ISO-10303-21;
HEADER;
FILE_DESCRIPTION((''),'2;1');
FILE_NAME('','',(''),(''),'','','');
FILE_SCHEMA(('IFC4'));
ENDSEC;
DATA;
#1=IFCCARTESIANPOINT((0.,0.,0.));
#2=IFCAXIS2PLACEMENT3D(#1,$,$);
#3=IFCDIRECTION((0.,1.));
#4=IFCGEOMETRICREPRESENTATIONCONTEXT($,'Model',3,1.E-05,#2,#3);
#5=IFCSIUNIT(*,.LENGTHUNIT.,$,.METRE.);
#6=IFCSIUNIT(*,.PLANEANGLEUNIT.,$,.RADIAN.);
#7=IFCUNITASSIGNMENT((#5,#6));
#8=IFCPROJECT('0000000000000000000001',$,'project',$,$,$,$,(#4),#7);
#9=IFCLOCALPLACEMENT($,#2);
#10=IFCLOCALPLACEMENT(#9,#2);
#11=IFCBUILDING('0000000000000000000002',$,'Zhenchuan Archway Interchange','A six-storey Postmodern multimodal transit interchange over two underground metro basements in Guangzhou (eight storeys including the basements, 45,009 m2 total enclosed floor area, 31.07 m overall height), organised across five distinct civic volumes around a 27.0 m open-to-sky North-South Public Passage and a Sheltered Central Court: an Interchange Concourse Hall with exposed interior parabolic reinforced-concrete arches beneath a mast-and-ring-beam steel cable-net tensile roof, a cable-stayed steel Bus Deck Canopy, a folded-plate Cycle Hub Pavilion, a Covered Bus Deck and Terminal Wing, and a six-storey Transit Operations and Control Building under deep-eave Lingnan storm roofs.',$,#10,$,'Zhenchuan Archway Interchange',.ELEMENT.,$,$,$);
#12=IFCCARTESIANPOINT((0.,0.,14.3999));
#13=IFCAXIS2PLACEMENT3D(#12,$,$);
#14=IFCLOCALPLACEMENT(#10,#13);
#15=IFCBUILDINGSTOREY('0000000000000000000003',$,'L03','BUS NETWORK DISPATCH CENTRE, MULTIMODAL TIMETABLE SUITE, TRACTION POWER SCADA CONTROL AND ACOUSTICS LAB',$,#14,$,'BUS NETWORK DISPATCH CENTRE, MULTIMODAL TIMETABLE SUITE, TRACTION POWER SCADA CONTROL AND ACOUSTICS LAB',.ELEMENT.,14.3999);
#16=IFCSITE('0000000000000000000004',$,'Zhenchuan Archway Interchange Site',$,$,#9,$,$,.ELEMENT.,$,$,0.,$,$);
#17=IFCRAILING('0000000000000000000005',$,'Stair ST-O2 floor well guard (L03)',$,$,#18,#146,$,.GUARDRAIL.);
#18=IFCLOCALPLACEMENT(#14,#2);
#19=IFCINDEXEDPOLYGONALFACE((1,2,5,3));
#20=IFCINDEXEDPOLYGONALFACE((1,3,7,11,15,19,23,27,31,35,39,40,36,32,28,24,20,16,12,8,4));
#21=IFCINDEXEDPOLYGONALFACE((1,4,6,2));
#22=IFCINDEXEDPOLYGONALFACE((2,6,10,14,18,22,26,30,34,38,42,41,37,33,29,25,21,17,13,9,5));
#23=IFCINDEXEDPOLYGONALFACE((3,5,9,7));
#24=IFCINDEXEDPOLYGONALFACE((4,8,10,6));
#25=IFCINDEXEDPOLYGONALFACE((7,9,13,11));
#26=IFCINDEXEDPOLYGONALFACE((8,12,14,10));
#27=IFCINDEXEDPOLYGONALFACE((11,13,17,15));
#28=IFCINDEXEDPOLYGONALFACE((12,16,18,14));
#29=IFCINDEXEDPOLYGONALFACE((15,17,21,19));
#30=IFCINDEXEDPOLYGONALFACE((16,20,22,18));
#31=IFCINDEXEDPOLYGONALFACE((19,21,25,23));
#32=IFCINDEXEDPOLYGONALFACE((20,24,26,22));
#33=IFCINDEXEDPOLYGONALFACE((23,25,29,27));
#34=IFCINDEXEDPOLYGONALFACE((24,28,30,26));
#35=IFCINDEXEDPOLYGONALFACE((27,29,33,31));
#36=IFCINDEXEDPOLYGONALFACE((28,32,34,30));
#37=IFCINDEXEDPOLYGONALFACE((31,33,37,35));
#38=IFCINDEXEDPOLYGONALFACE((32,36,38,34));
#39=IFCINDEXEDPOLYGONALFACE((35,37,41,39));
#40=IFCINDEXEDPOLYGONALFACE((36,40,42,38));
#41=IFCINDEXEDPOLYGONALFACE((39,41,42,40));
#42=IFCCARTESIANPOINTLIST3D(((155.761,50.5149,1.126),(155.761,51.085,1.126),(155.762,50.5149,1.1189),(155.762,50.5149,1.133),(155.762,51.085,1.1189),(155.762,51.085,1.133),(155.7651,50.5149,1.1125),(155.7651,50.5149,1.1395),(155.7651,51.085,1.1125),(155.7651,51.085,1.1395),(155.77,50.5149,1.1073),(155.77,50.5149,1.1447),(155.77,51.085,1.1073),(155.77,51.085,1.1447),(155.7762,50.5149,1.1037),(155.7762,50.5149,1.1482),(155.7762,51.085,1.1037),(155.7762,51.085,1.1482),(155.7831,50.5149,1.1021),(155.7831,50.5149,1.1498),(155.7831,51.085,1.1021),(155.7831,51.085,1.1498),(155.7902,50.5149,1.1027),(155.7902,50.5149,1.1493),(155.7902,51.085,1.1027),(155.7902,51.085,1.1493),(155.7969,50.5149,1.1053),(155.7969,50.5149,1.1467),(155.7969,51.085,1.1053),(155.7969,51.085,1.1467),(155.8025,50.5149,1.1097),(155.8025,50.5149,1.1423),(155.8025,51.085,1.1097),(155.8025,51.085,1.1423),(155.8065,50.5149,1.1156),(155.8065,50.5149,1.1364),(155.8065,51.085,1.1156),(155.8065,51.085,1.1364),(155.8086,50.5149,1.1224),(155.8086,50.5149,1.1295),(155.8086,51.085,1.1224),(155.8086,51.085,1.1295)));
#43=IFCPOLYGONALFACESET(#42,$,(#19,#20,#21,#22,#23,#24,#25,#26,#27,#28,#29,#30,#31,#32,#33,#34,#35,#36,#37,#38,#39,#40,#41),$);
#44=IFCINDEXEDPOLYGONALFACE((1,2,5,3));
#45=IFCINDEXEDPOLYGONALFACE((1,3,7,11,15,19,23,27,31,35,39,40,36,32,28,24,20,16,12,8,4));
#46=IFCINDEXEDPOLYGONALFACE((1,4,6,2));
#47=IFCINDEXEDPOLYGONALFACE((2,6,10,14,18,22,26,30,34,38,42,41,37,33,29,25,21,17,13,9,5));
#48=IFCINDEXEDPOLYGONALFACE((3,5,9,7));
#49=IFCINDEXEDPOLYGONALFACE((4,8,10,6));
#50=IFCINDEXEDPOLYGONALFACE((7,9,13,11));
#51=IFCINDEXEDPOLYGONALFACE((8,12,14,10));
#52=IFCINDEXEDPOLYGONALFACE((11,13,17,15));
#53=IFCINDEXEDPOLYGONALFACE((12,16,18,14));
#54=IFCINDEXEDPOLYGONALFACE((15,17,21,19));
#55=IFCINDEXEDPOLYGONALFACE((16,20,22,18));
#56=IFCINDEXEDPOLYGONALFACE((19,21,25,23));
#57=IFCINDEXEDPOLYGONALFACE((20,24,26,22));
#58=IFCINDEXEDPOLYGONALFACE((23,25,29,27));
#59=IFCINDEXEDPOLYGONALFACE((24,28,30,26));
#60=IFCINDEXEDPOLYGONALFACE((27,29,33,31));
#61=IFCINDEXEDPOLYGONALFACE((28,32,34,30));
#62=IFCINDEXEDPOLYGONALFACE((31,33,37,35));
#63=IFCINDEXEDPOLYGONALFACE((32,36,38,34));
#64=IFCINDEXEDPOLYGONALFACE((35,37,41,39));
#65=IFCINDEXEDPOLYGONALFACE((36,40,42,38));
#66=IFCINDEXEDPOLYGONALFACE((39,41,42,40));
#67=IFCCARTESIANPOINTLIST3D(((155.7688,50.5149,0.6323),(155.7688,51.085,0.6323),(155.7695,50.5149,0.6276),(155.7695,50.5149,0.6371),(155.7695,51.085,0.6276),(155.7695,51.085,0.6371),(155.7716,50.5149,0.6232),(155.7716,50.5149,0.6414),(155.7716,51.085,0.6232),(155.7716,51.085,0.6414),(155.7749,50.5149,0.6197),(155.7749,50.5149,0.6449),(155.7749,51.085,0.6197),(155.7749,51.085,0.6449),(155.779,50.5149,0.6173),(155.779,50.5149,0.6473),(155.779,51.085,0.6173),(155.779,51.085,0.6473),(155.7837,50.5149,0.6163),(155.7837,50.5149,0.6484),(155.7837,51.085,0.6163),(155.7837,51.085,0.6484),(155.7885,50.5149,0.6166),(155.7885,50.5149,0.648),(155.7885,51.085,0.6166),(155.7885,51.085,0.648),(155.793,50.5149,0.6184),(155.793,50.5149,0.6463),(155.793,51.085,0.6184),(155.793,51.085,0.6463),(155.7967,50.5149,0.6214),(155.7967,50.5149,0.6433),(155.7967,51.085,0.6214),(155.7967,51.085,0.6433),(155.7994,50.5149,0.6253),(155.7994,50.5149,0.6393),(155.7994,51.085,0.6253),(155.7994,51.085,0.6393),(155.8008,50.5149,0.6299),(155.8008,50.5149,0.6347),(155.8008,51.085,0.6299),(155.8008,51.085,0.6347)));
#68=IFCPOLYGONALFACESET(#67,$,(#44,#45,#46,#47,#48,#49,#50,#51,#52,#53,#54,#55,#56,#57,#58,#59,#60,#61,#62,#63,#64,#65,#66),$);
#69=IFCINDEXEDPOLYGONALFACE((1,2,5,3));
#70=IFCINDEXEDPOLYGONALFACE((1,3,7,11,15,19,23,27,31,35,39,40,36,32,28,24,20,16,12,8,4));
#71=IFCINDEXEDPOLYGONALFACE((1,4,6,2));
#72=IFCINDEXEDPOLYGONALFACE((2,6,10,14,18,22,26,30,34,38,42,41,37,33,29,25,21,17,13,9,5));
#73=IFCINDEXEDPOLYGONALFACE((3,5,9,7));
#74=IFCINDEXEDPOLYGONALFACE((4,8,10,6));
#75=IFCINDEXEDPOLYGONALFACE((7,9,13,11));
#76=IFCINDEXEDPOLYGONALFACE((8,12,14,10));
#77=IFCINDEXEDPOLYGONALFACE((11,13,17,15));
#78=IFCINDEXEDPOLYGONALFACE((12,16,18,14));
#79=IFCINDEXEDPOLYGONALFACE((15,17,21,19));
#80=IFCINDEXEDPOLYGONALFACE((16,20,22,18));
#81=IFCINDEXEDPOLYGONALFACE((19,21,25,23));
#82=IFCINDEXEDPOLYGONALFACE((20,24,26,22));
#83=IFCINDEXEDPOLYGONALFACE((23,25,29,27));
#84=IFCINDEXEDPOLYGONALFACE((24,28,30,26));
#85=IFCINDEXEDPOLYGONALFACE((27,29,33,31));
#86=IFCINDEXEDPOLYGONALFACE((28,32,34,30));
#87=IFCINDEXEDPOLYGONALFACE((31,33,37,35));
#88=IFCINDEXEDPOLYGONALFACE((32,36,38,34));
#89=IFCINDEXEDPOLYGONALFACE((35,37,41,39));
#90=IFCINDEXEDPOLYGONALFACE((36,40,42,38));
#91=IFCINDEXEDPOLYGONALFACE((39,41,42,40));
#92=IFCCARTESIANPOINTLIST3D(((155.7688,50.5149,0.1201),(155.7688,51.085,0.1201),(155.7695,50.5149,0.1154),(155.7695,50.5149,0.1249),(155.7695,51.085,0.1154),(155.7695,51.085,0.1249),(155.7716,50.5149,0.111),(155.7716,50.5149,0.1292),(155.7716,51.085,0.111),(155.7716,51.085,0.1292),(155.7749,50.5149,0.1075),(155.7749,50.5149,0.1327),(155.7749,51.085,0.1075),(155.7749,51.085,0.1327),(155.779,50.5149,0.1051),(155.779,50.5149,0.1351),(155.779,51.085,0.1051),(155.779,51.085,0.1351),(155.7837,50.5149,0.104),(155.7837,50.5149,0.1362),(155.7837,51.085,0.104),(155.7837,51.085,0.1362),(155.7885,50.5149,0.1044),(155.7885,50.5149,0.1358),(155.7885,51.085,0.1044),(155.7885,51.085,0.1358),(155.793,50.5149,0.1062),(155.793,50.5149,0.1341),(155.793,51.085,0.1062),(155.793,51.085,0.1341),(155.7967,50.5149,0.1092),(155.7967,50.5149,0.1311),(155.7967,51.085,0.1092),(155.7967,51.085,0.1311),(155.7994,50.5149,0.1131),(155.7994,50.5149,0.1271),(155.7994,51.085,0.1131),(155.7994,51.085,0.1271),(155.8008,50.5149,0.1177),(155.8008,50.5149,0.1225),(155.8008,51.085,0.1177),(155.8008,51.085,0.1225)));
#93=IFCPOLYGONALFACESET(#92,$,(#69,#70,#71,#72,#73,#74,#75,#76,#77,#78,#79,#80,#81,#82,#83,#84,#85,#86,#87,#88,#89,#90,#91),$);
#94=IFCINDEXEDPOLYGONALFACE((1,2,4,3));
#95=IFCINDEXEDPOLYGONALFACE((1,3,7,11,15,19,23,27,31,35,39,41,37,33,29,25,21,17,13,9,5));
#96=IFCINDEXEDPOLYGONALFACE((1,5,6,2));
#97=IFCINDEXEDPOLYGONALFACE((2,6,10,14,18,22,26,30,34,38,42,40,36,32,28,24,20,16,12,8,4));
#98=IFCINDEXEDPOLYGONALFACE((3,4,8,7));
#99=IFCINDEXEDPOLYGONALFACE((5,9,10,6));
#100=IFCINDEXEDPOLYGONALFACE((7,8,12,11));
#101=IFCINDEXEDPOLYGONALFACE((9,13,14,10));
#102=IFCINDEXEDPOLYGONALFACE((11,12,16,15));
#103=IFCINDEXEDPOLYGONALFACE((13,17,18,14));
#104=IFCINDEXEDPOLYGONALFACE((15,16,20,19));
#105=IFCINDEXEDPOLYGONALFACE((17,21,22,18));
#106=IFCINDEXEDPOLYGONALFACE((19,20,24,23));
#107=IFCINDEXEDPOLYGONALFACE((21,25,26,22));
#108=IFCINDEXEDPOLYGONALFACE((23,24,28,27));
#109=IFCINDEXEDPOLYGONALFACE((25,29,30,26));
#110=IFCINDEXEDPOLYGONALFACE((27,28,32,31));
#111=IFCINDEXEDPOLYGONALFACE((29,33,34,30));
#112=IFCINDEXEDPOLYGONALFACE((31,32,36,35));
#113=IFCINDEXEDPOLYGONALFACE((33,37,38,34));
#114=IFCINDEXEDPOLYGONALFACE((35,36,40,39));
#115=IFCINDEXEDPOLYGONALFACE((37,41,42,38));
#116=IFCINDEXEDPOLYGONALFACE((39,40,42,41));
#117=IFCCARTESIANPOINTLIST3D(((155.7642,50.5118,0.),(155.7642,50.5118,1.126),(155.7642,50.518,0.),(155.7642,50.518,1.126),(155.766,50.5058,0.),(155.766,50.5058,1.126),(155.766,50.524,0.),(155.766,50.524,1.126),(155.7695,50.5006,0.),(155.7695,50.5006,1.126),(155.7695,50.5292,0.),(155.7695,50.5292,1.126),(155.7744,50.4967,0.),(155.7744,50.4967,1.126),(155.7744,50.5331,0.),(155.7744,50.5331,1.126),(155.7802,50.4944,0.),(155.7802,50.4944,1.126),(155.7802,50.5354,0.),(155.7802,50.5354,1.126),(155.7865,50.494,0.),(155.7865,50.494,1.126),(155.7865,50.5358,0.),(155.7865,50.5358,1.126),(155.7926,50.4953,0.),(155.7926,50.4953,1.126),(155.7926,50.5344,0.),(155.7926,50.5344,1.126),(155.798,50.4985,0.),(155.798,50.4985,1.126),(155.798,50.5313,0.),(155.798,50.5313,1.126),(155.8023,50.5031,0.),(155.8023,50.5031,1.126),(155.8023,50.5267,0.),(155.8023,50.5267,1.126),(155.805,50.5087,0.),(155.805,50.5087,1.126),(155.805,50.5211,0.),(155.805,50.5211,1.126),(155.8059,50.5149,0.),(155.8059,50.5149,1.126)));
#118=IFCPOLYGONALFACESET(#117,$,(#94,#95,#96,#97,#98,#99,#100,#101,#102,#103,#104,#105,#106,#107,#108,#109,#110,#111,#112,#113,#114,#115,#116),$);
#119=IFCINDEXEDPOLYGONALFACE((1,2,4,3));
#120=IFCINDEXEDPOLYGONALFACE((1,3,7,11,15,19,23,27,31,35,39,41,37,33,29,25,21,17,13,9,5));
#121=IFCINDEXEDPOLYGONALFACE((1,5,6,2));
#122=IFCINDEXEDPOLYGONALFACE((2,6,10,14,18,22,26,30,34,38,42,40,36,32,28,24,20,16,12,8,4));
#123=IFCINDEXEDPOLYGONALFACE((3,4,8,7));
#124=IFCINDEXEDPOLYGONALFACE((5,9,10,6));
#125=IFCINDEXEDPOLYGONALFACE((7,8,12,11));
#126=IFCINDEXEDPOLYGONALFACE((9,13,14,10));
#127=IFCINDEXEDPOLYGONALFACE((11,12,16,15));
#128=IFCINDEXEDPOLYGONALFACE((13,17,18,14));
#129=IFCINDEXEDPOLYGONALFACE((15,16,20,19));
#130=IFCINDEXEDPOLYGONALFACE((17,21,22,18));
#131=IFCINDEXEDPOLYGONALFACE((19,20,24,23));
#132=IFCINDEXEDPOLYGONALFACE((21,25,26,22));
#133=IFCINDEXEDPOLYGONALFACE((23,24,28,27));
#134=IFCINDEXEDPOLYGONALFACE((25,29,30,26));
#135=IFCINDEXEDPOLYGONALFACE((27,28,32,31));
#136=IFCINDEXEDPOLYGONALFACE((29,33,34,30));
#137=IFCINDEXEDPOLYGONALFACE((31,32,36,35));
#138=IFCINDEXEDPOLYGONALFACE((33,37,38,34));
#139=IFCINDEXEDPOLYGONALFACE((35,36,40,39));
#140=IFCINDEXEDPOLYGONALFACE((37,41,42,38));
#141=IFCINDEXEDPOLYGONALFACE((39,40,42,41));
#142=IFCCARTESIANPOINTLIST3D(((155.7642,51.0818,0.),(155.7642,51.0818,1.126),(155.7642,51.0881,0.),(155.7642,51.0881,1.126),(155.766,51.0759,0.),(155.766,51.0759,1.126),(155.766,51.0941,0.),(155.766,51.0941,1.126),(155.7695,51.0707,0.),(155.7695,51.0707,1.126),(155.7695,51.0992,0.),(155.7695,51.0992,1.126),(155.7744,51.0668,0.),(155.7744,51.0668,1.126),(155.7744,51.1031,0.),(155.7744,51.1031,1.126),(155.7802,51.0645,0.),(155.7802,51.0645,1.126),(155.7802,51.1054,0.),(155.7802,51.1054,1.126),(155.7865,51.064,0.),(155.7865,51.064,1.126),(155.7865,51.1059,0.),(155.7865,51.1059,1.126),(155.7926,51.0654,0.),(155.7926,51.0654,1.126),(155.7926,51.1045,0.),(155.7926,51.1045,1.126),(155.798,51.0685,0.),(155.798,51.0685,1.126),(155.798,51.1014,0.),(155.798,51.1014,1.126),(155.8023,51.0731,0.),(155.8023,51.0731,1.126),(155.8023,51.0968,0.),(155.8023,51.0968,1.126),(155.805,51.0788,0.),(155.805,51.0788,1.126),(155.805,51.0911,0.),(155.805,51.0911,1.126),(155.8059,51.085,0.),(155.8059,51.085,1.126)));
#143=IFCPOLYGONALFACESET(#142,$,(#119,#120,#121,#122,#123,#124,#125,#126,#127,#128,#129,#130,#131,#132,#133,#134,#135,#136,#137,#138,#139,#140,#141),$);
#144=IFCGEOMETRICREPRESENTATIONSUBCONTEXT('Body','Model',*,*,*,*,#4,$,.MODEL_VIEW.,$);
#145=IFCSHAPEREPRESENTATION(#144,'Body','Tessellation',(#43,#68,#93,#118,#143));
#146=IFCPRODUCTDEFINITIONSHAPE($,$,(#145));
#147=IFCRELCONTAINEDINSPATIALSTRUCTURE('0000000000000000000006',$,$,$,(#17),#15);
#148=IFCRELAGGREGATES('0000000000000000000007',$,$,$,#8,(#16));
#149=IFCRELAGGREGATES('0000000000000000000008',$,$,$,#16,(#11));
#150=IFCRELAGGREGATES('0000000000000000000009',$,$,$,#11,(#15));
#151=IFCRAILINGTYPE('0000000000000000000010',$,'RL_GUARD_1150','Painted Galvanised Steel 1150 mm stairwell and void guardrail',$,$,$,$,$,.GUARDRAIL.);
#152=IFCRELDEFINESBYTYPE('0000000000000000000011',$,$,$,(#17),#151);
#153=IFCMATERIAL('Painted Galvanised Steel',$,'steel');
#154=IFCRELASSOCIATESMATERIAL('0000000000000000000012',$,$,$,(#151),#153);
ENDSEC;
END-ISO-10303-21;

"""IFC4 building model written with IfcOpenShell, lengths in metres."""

from ifc_helpers import new_model, si_unit, direction, frame, origin, origin_2d, place, context, subcontext, project, spatial, circle, extrude, material, type_object, element, save


model = new_model("IFC4")

# Units and contexts
model_context = context("Model", 3, precision=1e-05, world=origin(), true_north=direction((0.0, 1.0)))
body_context = subcontext(model_context, "Body", "Model", "MODEL_VIEW")
ifc_project = project(units=[si_unit("LENGTHUNIT", "METRE"), si_unit("PLANEANGLEUNIT", "RADIAN")], contexts=[model_context])

# Site, building, storey
site_placement = place(None, origin())
site = spatial("IfcSite", under=ifc_project, at=site_placement, Name="Zhenchuan Archway Interchange Site", CompositionType="ELEMENT", RefElevation=0.0)
building_placement = place(site_placement, origin())
building = spatial("IfcBuilding", under=site, at=building_placement, Name="Zhenchuan Archway Interchange", Description="A six-storey Postmodern multimodal transit interchange over two underground metro basements in Guangzhou (eight storeys including the basements, 45,009 m2 total enclosed floor area, 31.07 m overall height), organised across five distinct civic volumes around a 27.0 m open-to-sky North-South Public Passage and a Sheltered Central Court: an Interchange Concourse Hall with exposed interior parabolic reinforced-concrete arches beneath a mast-and-ring-beam steel cable-net tensile roof, a cable-stayed steel Bus Deck Canopy, a folded-plate Cycle Hub Pavilion, a Covered Bus Deck and Terminal Wing, and a six-storey Transit Operations and Control Building under deep-eave Lingnan storm roofs.", LongName="Zhenchuan Archway Interchange", CompositionType="ELEMENT")
storey_placement = place(building_placement, frame((0.0, 0.0, 14.3999)))
storey = spatial("IfcBuildingStorey", under=building, at=storey_placement, Name="L03", Description="BUS NETWORK DISPATCH CENTRE, MULTIMODAL TIMETABLE SUITE, TRACTION POWER SCADA CONTROL AND ACOUSTICS LAB", LongName="BUS NETWORK DISPATCH CENTRE, MULTIMODAL TIMETABLE SUITE, TRACTION POWER SCADA CONTROL AND ACOUSTICS LAB", CompositionType="ELEMENT", Elevation=14.3999)

# Shared definitions
ifc_material_1 = material(Name="Painted Galvanised Steel", Category="steel")

# Railing
railing_type = type_object("IfcRailingType", Name="RL_GUARD_1150", Description="Painted Galvanised Steel 1150 mm stairwell and void guardrail", PredefinedType="GUARDRAIL", material=ifc_material_1)
railing_placement = place(storey_placement, frame((155.7849, 50.5149, 0.0)))
element("IfcRailing", 1, at=railing_placement, inside=storey, type_object=railing_type, Name="Stair ST-O2 floor well guard (L03)", PredefinedType="GUARDRAIL", context=body_context, shape_type="SweptSolid", body=[
    extrude(circle(Radius=0.0239, at=origin_2d()), frame((0.0, 0.0, 1.126), z_axis=(0.0, 1.0, 0.0), x_axis=(-1.0, 0.0, 0.0)), (0.0, 0.0, 1.0), 0.5701),
    extrude(circle(Radius=0.0161, at=origin_2d()), frame((0.0, 0.0, 0.6323), z_axis=(0.0, 1.0, 0.0), x_axis=(-1.0, 0.0, 0.0)), (0.0, 0.0, 1.0), 0.5701),
    extrude(circle(Radius=0.0161, at=origin_2d()), frame((0.0, 0.0, 0.1201), z_axis=(0.0, 1.0, 0.0), x_axis=(-1.0, 0.0, 0.0)), (0.0, 0.0, 1.0), 0.5701),
    extrude(circle(Radius=0.021, at=origin_2d()), origin(), (0.0, 0.0, 1.0), 1.126),
    extrude(circle(Radius=0.021, at=origin_2d()), frame((0.0, 0.5701, 0.0)), (0.0, 0.0, 1.0), 1.126),
])

save(model, "model.ifc")
